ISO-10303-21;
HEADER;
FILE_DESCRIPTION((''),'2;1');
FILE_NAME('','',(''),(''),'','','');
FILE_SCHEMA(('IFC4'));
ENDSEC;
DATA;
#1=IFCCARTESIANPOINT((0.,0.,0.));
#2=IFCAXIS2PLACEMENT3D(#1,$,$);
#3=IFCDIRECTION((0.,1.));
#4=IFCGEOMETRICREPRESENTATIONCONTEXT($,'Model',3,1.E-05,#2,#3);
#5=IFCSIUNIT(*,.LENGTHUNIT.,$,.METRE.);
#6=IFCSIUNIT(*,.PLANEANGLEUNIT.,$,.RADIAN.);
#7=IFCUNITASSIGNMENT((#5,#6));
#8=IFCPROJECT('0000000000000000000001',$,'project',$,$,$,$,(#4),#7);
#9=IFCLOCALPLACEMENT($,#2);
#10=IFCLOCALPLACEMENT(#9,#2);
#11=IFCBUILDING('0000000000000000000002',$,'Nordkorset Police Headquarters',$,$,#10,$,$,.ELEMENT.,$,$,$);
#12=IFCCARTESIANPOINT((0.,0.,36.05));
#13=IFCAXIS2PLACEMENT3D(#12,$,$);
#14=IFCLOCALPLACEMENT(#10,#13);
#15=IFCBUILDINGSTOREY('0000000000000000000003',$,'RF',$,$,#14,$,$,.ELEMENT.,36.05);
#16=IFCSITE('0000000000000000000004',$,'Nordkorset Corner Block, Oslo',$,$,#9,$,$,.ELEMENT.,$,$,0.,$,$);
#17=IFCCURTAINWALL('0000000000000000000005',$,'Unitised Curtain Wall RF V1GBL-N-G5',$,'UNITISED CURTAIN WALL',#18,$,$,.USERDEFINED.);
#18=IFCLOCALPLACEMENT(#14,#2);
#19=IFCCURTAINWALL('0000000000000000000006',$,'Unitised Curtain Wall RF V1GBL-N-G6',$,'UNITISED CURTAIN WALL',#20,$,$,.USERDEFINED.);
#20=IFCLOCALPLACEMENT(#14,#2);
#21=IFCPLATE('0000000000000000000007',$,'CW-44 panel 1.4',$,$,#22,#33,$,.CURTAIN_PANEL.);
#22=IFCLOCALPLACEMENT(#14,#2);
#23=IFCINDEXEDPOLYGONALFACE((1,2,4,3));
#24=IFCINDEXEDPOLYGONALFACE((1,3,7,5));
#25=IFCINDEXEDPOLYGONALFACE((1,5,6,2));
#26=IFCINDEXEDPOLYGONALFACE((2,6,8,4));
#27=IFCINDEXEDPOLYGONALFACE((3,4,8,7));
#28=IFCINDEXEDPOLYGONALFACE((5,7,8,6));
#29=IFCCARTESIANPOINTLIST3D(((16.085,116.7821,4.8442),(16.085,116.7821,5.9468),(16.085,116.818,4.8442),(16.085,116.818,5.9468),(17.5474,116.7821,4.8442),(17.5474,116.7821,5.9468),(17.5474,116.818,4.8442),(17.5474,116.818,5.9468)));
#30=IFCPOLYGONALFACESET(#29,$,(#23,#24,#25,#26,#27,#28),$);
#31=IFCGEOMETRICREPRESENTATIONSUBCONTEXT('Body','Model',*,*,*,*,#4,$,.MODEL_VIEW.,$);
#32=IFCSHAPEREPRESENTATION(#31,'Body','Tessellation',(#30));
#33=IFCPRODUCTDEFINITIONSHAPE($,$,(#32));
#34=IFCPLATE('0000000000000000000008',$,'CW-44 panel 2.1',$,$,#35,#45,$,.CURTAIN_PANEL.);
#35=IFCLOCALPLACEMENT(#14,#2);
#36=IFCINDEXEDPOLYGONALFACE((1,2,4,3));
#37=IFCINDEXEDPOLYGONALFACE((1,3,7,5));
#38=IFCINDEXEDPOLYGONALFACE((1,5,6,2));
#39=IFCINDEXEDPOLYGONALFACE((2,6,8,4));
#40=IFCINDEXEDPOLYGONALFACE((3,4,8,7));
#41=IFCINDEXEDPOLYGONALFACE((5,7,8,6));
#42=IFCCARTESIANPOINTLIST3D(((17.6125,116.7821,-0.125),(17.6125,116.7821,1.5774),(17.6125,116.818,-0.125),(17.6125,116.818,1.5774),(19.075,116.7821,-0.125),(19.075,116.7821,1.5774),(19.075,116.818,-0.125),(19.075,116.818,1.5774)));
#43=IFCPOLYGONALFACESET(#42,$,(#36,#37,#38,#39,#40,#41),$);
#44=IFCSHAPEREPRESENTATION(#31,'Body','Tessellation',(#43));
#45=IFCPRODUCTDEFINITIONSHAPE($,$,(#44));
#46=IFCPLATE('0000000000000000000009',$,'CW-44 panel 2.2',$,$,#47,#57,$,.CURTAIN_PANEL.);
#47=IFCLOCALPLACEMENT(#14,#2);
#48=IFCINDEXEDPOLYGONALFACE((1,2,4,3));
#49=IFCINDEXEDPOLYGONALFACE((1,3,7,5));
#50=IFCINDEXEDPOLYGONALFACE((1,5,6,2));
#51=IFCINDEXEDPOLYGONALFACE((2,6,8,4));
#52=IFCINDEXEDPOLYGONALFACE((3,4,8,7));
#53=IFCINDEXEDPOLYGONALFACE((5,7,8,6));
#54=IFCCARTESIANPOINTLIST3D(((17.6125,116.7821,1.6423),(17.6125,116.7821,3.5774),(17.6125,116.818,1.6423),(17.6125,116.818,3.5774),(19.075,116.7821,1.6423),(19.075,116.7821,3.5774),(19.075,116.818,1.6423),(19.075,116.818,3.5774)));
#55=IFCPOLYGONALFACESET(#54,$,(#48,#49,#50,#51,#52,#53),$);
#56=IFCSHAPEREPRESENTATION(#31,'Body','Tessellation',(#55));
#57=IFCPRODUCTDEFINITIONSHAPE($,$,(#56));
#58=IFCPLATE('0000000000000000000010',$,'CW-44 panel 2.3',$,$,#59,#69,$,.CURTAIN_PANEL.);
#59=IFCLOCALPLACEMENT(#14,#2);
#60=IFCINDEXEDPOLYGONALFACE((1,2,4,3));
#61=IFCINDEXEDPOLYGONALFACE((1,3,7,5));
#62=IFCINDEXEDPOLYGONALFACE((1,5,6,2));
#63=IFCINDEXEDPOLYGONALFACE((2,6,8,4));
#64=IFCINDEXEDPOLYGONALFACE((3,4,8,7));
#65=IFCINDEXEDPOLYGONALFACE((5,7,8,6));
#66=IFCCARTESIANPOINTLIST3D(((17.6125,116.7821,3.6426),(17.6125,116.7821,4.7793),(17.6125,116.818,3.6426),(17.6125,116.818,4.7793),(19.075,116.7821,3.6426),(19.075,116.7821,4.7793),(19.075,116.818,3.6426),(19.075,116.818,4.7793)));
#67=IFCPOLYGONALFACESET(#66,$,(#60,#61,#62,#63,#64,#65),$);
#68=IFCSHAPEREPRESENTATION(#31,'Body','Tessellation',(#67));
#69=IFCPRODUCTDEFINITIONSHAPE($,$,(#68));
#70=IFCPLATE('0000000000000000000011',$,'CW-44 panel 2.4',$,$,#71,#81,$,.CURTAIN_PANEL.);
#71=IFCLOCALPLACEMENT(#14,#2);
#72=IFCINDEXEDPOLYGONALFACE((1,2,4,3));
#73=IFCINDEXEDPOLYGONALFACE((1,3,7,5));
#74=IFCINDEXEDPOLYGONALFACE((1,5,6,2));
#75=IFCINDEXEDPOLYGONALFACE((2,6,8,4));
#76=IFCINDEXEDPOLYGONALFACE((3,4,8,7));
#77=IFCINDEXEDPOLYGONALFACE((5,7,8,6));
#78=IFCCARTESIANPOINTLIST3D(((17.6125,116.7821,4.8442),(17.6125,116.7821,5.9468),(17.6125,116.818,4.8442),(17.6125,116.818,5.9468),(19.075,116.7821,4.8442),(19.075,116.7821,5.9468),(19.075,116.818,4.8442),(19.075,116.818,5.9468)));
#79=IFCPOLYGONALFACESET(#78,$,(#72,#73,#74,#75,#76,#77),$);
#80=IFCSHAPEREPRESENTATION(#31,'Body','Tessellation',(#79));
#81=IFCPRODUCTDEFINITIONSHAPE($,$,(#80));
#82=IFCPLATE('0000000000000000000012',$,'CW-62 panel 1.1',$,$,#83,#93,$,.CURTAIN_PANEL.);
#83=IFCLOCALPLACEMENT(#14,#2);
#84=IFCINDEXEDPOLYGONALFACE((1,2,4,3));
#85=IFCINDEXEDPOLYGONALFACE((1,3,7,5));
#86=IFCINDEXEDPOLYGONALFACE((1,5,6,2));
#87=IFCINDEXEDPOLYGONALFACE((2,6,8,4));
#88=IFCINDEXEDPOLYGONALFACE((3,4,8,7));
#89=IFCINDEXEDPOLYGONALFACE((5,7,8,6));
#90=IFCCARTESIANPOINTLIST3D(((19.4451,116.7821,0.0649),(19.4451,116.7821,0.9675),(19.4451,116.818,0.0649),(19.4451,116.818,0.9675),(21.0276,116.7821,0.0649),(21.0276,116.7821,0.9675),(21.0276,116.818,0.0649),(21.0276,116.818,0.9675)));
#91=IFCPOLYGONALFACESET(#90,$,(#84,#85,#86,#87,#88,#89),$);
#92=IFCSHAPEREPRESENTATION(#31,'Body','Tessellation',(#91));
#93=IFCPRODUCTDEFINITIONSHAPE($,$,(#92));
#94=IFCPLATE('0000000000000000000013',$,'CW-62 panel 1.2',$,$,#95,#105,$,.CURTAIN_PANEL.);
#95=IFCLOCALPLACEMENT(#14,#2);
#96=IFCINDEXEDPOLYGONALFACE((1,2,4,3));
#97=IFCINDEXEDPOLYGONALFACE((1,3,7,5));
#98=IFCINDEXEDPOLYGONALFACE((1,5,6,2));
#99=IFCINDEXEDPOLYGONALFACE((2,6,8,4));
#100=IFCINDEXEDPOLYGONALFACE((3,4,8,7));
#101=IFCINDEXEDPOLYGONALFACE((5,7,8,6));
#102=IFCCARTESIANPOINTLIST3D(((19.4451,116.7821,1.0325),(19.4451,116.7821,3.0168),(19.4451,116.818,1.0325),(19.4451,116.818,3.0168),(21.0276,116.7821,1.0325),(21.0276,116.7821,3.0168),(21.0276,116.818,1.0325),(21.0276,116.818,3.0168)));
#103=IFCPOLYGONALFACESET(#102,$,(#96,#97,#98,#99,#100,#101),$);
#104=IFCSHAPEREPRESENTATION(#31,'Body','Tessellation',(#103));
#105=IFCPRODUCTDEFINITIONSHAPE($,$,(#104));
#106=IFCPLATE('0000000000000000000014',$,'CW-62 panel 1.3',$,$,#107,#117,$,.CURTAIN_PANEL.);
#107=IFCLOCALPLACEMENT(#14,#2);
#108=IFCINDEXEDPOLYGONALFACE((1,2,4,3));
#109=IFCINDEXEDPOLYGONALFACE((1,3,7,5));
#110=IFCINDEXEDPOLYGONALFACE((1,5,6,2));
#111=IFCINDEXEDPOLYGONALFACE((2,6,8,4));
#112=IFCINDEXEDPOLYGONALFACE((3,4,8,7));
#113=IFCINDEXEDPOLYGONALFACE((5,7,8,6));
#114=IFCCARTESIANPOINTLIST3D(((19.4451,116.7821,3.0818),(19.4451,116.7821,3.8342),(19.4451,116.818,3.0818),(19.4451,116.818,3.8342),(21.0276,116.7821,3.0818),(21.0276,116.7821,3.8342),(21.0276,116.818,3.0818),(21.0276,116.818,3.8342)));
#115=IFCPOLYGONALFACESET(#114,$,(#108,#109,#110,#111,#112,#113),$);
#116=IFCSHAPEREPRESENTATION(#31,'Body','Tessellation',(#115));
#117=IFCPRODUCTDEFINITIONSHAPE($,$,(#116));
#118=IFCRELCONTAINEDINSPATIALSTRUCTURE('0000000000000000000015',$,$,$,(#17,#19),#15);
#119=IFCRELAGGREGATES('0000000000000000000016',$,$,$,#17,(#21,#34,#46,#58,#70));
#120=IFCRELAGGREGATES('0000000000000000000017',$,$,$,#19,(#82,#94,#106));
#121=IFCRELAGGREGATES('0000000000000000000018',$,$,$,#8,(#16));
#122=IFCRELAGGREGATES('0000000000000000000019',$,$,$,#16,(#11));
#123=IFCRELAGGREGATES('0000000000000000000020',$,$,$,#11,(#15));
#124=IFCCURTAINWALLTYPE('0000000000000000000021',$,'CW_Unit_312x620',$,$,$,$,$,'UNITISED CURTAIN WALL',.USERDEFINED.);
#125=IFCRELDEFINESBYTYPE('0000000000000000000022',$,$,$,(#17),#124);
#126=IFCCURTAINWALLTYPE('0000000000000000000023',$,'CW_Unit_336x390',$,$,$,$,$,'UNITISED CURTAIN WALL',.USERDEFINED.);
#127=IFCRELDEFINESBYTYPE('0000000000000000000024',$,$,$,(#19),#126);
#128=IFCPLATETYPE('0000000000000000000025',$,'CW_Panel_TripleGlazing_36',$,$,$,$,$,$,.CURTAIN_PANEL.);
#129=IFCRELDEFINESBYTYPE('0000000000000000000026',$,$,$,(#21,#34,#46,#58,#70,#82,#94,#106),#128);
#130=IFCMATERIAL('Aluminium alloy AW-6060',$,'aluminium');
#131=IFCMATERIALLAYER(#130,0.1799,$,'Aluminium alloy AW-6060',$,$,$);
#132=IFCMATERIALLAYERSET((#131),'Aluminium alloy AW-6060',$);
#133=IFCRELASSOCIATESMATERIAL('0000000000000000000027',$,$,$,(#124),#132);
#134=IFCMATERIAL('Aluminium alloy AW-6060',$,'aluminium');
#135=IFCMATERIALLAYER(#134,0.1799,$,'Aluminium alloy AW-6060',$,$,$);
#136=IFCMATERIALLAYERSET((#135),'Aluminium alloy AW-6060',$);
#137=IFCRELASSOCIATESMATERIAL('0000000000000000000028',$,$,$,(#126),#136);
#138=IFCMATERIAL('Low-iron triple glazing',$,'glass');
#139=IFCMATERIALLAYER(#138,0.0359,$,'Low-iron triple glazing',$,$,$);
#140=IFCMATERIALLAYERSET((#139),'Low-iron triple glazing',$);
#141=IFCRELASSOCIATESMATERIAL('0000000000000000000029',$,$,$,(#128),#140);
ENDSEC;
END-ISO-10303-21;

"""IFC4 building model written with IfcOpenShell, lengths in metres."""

from ifc_helpers import new_model, si_unit, direction, frame, origin, origin_2d, place, context, subcontext, project, spatial, rectangle, extrude, material, layer, layer_set, type_object, element, aggregate, save


model = new_model("IFC4")

# Units and contexts
model_context = context("Model", 3, precision=1e-05, world=origin(), true_north=direction((0.0, 1.0)))
body_context = subcontext(model_context, "Body", "Model", "MODEL_VIEW")
ifc_project = project(units=[si_unit("LENGTHUNIT", "METRE"), si_unit("PLANEANGLEUNIT", "RADIAN")], contexts=[model_context])

# Site, building, storey
site_placement = place(None, origin())
site = spatial("IfcSite", under=ifc_project, at=site_placement, Name="Nordkorset Corner Block, Oslo", CompositionType="ELEMENT", RefElevation=0.0)
building_placement = place(site_placement, origin())
building = spatial("IfcBuilding", under=site, at=building_placement, Name="Nordkorset Police Headquarters", CompositionType="ELEMENT")
storey_placement = place(building_placement, frame((0.0, 0.0, 36.05)))
storey = spatial("IfcBuildingStorey", under=building, at=storey_placement, Name="RF", CompositionType="ELEMENT", Elevation=36.05)

# Curtain walls
ifc_material_1 = material(Name="Aluminium alloy AW-6060", Category="aluminium")
ifc_layer_1 = layer(ifc_material_1, 0.1799, Name="Aluminium alloy AW-6060")
ifc_layer_set_1 = layer_set([ifc_layer_1], Name="Aluminium alloy AW-6060")
curtain_wall_type_1 = type_object("IfcCurtainWallType", Name="CW_Unit_312x620", ElementType="UNITISED CURTAIN WALL", PredefinedType="USERDEFINED", material=ifc_layer_set_1)
curtain_wall_1_placement = place(storey_placement, origin())
curtain_wall_1 = element("IfcCurtainWall", 1, at=curtain_wall_1_placement, inside=storey, type_object=curtain_wall_type_1, Name="Unitised Curtain Wall RF V1GBL-N-G5", ObjectType="UNITISED CURTAIN WALL", PredefinedType="USERDEFINED")
ifc_material_2 = material(Name="Aluminium alloy AW-6060", Category="aluminium")
ifc_layer_2 = layer(ifc_material_2, 0.1799, Name="Aluminium alloy AW-6060")
ifc_layer_set_2 = layer_set([ifc_layer_2], Name="Aluminium alloy AW-6060")
curtain_wall_type_2 = type_object("IfcCurtainWallType", Name="CW_Unit_336x390", ElementType="UNITISED CURTAIN WALL", PredefinedType="USERDEFINED", material=ifc_layer_set_2)
curtain_wall_2_placement = place(storey_placement, origin())
curtain_wall_2 = element("IfcCurtainWall", 2, at=curtain_wall_2_placement, inside=storey, type_object=curtain_wall_type_2, Name="Unitised Curtain Wall RF V1GBL-N-G6", ObjectType="UNITISED CURTAIN WALL", PredefinedType="USERDEFINED")

# Plates
ifc_material_3 = material(Name="Low-iron triple glazing", Category="glass")
ifc_layer_3 = layer(ifc_material_3, 0.0359, Name="Low-iron triple glazing")
ifc_layer_set_3 = layer_set([ifc_layer_3], Name="Low-iron triple glazing")
plate_type = type_object("IfcPlateType", Name="CW_Panel_TripleGlazing_36", PredefinedType="CURTAIN_PANEL", material=ifc_layer_set_3)
plate_1_placement = place(storey_placement, frame((16.8162, 116.8, 4.8442), z_axis=(0.0, 0.0, 1.0), x_axis=(1.0, 0.0, 0.0)))
plate_1 = element("IfcPlate", 3, at=plate_1_placement, type_object=plate_type, Name="CW-44 panel 1.4", PredefinedType="CURTAIN_PANEL", context=body_context, shape_type="SweptSolid", body=[
    extrude(rectangle(XDim=1.4624, YDim=0.0359, at=origin_2d()), origin(), (0.0, 0.0, 1.0), 1.1025),
])
plate_2_placement = place(storey_placement, frame((18.3438, 116.8, -0.125), z_axis=(0.0, 0.0, 1.0), x_axis=(1.0, 0.0, 0.0)))
plate_2 = element("IfcPlate", 4, at=plate_2_placement, type_object=plate_type, Name="CW-44 panel 2.1", PredefinedType="CURTAIN_PANEL", context=body_context, shape_type="SweptSolid", body=[
    extrude(rectangle(XDim=1.4624, YDim=0.0359, at=origin_2d()), origin(), (0.0, 0.0, 1.0), 1.7024),
])
plate_3_placement = place(storey_placement, frame((18.3438, 116.8, 1.6423), z_axis=(0.0, 0.0, 1.0), x_axis=(1.0, 0.0, 0.0)))
plate_3 = element("IfcPlate", 5, at=plate_3_placement, type_object=plate_type, Name="CW-44 panel 2.2", PredefinedType="CURTAIN_PANEL", context=body_context, shape_type="SweptSolid", body=[
    extrude(rectangle(XDim=1.4624, YDim=0.0359, at=origin_2d()), origin(), (0.0, 0.0, 1.0), 1.9351),
])
plate_4_placement = place(storey_placement, frame((18.3438, 116.8, 3.6426), z_axis=(0.0, 0.0, 1.0), x_axis=(1.0, 0.0, 0.0)))
plate_4 = element("IfcPlate", 6, at=plate_4_placement, type_object=plate_type, Name="CW-44 panel 2.3", PredefinedType="CURTAIN_PANEL", context=body_context, shape_type="SweptSolid", body=[
    extrude(rectangle(XDim=1.4624, YDim=0.0359, at=origin_2d()), origin(), (0.0, 0.0, 1.0), 1.1367),
])
plate_5_placement = place(storey_placement, frame((18.3438, 116.8, 4.8442), z_axis=(0.0, 0.0, 1.0), x_axis=(1.0, 0.0, 0.0)))
plate_5 = element("IfcPlate", 7, at=plate_5_placement, type_object=plate_type, Name="CW-44 panel 2.4", PredefinedType="CURTAIN_PANEL", context=body_context, shape_type="SweptSolid", body=[
    extrude(rectangle(XDim=1.4624, YDim=0.0359, at=origin_2d()), origin(), (0.0, 0.0, 1.0), 1.1025),
])
aggregate(curtain_wall_1, [plate_1, plate_2, plate_3, plate_4, plate_5])
plate_6_placement = place(storey_placement, frame((20.2363, 116.8, 0.0649), z_axis=(0.0, 0.0, 1.0), x_axis=(1.0, 0.0, 0.0)))
plate_6 = element("IfcPlate", 8, at=plate_6_placement, type_object=plate_type, Name="CW-62 panel 1.1", PredefinedType="CURTAIN_PANEL", context=body_context, shape_type="SweptSolid", body=[
    extrude(rectangle(XDim=1.5825, YDim=0.0359, at=origin_2d()), origin(), (0.0, 0.0, 1.0), 0.9026),
])
plate_7_placement = place(storey_placement, frame((20.2363, 116.8, 1.0325), z_axis=(0.0, 0.0, 1.0), x_axis=(1.0, 0.0, 0.0)))
plate_7 = element("IfcPlate", 9, at=plate_7_placement, type_object=plate_type, Name="CW-62 panel 1.2", PredefinedType="CURTAIN_PANEL", context=body_context, shape_type="SweptSolid", body=[
    extrude(rectangle(XDim=1.5825, YDim=0.0359, at=origin_2d()), origin(), (0.0, 0.0, 1.0), 1.9844),
])
plate_8_placement = place(storey_placement, frame((20.2363, 116.8, 3.0818), z_axis=(0.0, 0.0, 1.0), x_axis=(1.0, 0.0, 0.0)))
plate_8 = element("IfcPlate", 10, at=plate_8_placement, type_object=plate_type, Name="CW-62 panel 1.3", PredefinedType="CURTAIN_PANEL", context=body_context, shape_type="SweptSolid", body=[
    extrude(rectangle(XDim=1.5825, YDim=0.0359, at=origin_2d()), origin(), (0.0, 0.0, 1.0), 0.7524),
])
aggregate(curtain_wall_2, [plate_6, plate_7, plate_8])

save(model, "model.ifc")
